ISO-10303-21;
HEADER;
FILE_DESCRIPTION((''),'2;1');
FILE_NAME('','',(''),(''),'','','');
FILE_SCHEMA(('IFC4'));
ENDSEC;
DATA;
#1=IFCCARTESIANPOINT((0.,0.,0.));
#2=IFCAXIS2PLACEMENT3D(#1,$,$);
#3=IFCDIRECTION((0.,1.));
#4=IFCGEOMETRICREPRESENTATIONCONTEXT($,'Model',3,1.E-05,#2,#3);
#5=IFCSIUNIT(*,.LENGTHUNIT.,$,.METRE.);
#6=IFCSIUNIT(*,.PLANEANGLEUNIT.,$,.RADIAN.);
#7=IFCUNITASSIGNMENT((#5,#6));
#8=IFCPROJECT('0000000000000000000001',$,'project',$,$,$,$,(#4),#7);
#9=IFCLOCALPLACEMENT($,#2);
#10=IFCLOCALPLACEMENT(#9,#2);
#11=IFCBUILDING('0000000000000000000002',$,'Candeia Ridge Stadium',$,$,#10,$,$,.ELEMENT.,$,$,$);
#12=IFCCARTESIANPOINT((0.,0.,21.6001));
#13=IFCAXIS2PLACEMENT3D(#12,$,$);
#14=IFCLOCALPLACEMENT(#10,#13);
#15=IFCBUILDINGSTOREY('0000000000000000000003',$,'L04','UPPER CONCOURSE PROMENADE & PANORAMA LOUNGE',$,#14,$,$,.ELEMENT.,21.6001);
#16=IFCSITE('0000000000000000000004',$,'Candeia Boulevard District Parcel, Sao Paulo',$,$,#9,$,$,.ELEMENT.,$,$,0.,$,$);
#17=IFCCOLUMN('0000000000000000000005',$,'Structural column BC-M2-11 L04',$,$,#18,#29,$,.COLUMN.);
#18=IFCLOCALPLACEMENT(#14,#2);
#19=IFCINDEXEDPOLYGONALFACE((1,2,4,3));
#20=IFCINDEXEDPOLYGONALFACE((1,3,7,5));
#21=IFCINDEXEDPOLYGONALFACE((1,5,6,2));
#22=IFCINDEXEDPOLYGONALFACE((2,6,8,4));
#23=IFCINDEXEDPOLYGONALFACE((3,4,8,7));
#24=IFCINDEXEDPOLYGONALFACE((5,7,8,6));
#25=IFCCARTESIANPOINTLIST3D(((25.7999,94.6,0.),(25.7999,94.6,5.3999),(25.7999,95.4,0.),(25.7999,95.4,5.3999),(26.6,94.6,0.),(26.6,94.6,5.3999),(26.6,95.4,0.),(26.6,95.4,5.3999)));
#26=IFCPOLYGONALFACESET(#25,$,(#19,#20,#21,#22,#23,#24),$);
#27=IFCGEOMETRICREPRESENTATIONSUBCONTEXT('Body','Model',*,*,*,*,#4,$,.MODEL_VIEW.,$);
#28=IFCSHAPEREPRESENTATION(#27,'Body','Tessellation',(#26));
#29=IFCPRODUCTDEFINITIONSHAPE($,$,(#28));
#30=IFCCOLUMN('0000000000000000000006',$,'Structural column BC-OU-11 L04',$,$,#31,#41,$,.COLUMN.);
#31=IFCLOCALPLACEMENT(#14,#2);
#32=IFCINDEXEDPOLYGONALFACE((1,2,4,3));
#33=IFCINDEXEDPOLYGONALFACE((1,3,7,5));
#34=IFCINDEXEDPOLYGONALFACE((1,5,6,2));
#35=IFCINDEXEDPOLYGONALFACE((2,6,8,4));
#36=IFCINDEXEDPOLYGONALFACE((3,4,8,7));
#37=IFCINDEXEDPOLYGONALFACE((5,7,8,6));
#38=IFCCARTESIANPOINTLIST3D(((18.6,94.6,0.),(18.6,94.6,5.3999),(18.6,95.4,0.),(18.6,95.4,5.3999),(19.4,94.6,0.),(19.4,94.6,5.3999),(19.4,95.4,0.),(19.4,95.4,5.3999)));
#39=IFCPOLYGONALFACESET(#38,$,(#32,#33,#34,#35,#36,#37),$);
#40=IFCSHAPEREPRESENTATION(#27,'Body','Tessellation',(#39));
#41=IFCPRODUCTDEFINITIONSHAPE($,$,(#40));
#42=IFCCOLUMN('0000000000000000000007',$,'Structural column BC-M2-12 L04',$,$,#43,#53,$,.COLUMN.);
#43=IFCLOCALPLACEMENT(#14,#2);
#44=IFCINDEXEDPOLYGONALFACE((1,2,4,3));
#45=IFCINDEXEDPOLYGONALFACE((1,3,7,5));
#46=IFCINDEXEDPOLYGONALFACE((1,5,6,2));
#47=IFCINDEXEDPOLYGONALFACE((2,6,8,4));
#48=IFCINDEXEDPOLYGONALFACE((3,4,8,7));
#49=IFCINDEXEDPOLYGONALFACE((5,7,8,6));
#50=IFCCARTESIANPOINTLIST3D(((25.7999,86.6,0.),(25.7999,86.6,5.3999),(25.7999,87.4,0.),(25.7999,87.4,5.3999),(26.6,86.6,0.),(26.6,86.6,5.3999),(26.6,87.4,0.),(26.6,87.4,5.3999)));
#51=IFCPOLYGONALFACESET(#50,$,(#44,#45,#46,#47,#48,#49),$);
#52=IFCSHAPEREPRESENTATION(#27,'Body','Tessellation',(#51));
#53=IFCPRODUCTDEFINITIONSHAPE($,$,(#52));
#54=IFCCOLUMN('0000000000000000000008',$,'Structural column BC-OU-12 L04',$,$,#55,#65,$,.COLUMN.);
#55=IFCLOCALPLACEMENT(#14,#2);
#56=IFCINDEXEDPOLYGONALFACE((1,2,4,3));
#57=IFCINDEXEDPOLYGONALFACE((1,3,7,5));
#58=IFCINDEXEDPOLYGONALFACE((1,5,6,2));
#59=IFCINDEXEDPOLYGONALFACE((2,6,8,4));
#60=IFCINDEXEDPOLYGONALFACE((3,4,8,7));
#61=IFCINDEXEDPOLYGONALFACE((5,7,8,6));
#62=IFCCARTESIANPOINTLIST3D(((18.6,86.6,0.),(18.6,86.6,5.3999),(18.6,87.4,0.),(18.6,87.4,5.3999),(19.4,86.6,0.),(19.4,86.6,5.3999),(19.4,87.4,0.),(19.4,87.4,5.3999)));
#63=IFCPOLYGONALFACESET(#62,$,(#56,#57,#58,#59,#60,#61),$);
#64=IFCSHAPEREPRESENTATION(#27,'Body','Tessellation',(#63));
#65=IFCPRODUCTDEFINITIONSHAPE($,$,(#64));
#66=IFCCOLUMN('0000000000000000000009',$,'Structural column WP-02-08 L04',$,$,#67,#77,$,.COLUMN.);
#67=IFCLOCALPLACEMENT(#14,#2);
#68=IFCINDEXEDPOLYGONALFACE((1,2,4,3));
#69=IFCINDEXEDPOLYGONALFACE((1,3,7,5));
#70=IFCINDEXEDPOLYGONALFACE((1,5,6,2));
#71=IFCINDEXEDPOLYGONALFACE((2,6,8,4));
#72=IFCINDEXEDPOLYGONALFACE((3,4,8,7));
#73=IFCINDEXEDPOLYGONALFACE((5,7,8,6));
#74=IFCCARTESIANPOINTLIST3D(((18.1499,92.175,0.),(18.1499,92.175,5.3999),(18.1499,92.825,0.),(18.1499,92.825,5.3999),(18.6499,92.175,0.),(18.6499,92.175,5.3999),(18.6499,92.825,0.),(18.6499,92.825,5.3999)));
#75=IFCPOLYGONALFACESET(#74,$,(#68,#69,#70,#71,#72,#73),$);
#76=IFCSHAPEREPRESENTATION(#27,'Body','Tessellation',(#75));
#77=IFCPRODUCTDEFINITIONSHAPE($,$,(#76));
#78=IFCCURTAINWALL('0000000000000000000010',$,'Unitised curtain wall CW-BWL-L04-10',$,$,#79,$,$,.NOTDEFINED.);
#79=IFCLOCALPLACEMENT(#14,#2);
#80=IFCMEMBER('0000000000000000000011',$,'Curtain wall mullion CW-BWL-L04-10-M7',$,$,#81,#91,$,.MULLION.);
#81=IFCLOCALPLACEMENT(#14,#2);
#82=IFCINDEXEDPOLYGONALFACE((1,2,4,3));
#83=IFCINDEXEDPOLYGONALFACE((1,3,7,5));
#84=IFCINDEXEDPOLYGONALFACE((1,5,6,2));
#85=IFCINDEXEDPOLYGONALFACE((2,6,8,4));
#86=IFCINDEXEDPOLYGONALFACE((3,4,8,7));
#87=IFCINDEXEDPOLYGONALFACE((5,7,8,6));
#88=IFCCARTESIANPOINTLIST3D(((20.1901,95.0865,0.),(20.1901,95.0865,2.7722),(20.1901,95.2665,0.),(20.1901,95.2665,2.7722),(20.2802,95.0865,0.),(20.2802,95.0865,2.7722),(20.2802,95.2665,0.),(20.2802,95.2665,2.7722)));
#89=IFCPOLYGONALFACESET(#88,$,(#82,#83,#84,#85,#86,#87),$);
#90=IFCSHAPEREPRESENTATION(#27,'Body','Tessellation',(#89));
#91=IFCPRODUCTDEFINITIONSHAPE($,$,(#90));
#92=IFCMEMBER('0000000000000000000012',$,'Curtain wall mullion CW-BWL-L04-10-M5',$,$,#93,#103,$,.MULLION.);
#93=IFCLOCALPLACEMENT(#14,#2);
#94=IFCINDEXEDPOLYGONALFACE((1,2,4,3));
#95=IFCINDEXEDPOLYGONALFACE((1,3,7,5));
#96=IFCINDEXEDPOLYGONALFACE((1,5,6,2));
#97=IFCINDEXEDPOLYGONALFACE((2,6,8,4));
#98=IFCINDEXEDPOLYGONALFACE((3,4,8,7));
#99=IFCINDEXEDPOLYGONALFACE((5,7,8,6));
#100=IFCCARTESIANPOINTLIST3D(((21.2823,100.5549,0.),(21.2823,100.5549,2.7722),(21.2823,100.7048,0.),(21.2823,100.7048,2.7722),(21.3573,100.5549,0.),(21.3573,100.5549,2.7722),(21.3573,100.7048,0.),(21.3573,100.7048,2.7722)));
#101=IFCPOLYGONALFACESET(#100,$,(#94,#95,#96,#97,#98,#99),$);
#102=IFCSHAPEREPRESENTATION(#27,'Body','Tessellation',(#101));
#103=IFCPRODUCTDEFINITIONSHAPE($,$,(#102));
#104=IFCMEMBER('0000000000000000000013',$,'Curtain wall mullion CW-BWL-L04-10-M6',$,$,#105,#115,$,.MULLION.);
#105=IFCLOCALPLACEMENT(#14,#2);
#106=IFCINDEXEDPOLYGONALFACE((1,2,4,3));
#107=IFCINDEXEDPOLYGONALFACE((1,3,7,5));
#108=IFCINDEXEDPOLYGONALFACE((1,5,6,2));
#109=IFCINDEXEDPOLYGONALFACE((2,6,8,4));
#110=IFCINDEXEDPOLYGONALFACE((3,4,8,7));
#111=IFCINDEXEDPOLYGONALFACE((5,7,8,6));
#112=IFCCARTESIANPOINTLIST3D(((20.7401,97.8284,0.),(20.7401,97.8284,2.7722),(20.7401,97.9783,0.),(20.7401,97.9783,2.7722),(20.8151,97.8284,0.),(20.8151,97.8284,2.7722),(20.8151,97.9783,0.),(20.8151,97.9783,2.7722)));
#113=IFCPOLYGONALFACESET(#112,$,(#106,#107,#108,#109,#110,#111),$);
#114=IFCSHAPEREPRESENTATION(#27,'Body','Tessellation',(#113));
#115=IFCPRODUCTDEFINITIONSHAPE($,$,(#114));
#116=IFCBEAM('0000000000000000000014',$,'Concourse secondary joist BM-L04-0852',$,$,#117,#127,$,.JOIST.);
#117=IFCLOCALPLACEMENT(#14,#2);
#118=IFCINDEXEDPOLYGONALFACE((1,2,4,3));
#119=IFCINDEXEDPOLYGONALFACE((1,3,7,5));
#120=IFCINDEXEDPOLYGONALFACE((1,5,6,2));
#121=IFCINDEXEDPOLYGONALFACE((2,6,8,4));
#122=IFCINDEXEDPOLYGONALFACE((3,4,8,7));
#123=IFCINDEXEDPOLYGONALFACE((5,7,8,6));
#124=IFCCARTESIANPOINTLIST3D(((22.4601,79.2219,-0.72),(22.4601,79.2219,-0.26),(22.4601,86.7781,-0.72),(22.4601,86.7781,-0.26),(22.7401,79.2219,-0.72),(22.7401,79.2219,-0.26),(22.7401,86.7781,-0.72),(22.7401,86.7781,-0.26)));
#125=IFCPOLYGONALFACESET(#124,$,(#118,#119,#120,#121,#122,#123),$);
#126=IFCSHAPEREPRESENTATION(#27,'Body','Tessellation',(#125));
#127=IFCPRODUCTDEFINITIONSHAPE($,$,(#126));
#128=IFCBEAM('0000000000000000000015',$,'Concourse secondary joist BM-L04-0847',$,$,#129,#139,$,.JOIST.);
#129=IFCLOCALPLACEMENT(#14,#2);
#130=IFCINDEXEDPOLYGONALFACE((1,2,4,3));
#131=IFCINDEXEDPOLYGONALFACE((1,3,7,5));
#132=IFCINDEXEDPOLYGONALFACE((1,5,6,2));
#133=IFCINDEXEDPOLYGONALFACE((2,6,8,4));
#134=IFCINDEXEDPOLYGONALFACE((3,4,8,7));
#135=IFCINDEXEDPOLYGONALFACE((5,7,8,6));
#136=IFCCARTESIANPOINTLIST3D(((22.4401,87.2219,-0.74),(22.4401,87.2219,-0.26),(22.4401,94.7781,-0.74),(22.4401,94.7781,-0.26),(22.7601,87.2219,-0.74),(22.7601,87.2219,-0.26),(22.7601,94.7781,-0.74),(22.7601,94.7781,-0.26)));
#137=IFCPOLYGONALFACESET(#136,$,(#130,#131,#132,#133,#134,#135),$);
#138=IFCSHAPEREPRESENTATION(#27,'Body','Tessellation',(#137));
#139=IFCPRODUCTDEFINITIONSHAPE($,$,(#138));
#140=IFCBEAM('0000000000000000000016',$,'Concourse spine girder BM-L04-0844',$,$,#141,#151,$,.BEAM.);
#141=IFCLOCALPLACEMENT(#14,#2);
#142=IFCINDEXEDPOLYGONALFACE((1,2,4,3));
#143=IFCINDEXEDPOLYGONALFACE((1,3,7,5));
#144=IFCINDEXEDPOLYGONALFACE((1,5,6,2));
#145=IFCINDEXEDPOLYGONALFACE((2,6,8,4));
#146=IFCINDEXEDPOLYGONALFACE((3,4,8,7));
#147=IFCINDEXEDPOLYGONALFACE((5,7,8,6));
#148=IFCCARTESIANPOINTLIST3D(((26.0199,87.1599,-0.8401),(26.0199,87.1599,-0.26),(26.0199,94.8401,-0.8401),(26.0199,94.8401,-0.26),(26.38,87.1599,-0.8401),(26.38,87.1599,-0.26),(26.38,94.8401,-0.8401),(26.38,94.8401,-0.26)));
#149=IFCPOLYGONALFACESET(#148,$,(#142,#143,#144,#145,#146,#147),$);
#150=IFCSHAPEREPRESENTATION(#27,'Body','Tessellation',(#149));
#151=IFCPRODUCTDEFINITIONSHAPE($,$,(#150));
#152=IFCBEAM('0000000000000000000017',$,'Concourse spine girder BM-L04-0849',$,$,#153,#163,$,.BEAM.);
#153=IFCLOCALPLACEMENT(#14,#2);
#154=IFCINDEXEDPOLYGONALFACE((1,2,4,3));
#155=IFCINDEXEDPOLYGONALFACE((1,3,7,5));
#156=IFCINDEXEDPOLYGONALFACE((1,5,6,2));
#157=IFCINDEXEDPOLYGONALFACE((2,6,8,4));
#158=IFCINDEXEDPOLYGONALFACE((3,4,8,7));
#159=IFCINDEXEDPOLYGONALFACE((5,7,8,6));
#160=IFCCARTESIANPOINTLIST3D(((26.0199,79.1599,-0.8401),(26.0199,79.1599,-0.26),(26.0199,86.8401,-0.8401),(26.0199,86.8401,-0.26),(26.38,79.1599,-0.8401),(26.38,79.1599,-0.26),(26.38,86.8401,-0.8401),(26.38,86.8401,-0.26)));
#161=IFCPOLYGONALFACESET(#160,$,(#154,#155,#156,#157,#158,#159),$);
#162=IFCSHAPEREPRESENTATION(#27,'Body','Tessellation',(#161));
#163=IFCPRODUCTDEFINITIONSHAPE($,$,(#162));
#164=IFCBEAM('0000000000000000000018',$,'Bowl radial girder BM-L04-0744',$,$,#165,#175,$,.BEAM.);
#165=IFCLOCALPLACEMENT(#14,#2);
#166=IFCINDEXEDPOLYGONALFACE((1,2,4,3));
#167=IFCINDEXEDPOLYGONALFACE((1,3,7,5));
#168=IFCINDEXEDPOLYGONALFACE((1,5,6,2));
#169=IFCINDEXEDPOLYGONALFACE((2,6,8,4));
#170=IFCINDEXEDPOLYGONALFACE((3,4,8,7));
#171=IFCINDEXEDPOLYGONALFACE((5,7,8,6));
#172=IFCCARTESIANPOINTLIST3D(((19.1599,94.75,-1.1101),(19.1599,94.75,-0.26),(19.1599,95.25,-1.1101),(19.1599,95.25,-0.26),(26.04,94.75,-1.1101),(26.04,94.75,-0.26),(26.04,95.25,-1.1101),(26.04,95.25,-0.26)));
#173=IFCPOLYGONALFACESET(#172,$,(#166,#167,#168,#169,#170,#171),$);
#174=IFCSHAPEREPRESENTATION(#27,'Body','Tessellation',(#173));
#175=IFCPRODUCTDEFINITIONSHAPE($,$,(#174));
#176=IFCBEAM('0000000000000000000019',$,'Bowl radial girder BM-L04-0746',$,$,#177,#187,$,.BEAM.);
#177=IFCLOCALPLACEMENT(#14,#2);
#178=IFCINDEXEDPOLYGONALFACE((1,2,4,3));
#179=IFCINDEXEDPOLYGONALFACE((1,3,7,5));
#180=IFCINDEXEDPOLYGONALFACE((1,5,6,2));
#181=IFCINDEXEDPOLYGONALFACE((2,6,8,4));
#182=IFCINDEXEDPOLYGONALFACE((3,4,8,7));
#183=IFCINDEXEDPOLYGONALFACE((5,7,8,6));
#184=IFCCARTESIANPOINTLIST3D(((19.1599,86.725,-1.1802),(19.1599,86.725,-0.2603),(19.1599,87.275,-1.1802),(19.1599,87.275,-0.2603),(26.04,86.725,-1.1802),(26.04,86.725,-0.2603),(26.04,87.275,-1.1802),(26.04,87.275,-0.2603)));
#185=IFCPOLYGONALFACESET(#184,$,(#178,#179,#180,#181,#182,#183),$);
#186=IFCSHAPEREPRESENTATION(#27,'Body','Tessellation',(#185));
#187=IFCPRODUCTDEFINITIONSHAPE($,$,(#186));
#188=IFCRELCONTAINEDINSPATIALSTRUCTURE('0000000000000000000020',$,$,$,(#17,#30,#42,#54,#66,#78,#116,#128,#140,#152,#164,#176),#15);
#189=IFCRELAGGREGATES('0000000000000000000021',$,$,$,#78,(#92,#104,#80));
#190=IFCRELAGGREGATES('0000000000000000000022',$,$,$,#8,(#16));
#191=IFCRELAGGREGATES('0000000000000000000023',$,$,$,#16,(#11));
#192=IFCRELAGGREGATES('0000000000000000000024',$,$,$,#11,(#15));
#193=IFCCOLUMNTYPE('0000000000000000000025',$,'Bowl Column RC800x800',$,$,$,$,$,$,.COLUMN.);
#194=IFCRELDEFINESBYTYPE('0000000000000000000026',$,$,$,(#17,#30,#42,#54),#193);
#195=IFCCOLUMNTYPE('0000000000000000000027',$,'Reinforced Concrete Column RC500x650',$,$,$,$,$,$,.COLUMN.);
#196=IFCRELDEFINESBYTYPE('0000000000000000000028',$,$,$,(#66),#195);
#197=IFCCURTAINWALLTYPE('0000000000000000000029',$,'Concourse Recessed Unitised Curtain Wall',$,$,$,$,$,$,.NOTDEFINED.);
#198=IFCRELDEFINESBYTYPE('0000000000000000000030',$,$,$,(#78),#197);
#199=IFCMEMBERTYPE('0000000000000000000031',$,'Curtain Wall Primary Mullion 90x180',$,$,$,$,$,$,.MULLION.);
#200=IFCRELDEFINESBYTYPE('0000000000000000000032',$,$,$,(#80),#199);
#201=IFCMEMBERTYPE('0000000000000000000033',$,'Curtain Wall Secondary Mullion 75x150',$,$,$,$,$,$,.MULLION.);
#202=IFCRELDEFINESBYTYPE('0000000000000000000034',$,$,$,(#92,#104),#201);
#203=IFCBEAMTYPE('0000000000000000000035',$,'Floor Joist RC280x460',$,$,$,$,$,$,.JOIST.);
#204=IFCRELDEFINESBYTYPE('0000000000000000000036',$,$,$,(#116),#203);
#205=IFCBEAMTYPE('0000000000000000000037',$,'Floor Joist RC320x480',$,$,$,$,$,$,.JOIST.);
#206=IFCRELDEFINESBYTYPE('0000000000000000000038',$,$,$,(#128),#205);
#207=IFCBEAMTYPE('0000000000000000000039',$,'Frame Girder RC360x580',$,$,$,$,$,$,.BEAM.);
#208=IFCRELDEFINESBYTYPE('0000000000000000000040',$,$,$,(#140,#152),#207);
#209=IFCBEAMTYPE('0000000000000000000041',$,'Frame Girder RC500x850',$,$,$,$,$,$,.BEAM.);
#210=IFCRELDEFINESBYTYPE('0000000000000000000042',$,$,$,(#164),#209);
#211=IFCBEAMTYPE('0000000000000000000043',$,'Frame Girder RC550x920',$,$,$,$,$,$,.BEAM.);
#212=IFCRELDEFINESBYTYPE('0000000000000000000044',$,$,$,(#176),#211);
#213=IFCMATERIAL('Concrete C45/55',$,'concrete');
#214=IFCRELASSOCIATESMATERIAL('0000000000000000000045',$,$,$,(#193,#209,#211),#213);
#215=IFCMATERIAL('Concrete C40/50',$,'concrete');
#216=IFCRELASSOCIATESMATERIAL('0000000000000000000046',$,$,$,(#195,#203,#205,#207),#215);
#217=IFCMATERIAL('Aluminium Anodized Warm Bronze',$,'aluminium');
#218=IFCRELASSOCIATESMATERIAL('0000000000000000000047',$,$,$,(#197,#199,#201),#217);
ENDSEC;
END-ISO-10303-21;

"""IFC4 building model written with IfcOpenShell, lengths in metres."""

from ifc_helpers import new_model, si_unit, direction, frame, origin, origin_2d, place, context, subcontext, project, spatial, rectangle, extrude, material, material_profile, profile_set, type_object, element, aggregate, save


model = new_model("IFC4")

# Units and contexts
model_context = context("Model", 3, precision=1e-05, world=origin(), true_north=direction((0.0, 1.0)))
body_context = subcontext(model_context, "Body", "Model", "MODEL_VIEW")
ifc_project = project(units=[si_unit("LENGTHUNIT", "METRE"), si_unit("PLANEANGLEUNIT", "RADIAN")], contexts=[model_context])

# Site, building, storey
site_placement = place(None, origin())
site = spatial("IfcSite", under=ifc_project, at=site_placement, Name="Candeia Boulevard District Parcel, Sao Paulo", CompositionType="ELEMENT", RefElevation=0.0)
building_placement = place(site_placement, origin())
building = spatial("IfcBuilding", under=site, at=building_placement, Name="Candeia Ridge Stadium", CompositionType="ELEMENT")
storey_placement = place(building_placement, frame((0.0, 0.0, 21.6001)))
storey = spatial("IfcBuildingStorey", under=building, at=storey_placement, Name="L04", Description="UPPER CONCOURSE PROMENADE & PANORAMA LOUNGE", CompositionType="ELEMENT", Elevation=21.6001)

# Columns
ifc_material_1 = material(Name="Concrete C45/55", Category="concrete")
ifc_material_profile_1 = material_profile(ifc_material_1, rectangle(XDim=0.8, YDim=0.8, at=origin_2d()), Name="RC800x800", Category="concrete")
ifc_profile_set_1 = profile_set([ifc_material_profile_1], Name="Concrete C45/55")
column_type_1 = type_object("IfcColumnType", Name="Bowl Column RC800x800", PredefinedType="COLUMN", material=ifc_profile_set_1)
for number, where, z_axis, x_axis, name in (
    (1, (26.2, 95.0, 0.0), (0.0, 0.0, 1.0), (1.0, 0.0, 0.0), "Structural column BC-M2-11 L04"),
    (2, (19.0, 95.0, 0.0), (0.0, 0.0, 1.0), (1.0, 0.0, 0.0), "Structural column BC-OU-11 L04"),
    (3, (26.2, 87.0, 0.0), (0.0, 0.0, 1.0), (1.0, 0.0, 0.0), "Structural column BC-M2-12 L04"),
    (4, (19.0, 87.0, 0.0), (0.0, 0.0, 1.0), (1.0, 0.0, 0.0), "Structural column BC-OU-12 L04"),
):
    element("IfcColumn", number, at=place(storey_placement, frame(where, z_axis=z_axis, x_axis=x_axis)), inside=storey, type_object=column_type_1, Name=name, PredefinedType="COLUMN", context=body_context, shape_type="SweptSolid", body=[
        extrude(rectangle(XDim=0.8, YDim=0.8, at=origin_2d()), origin(), (0.0, 0.0, 1.0), 5.3999),
    ])
ifc_material_2 = material(Name="Concrete C40/50", Category="concrete")
ifc_material_profile_2 = material_profile(ifc_material_2, rectangle(XDim=0.5, YDim=0.6499, at=origin_2d()), Name="RC500x650", Category="concrete")
ifc_profile_set_2 = profile_set([ifc_material_profile_2], Name="Concrete C40/50")
column_type_2 = type_object("IfcColumnType", Name="Reinforced Concrete Column RC500x650", PredefinedType="COLUMN", material=ifc_profile_set_2)
column_placement = place(storey_placement, frame((18.3999, 92.5, 0.0), z_axis=(0.0, 0.0, 1.0), x_axis=(1.0, 0.0, 0.0)))
element("IfcColumn", 5, at=column_placement, inside=storey, type_object=column_type_2, Name="Structural column WP-02-08 L04", PredefinedType="COLUMN", context=body_context, shape_type="SweptSolid", body=[
    extrude(rectangle(XDim=0.5, YDim=0.6499, at=origin_2d()), origin(), (0.0, 0.0, 1.0), 5.3999),
])

# Curtain wall, members
ifc_material_3 = material(Name="Aluminium Anodized Warm Bronze", Category="aluminium")
curtain_wall_type = type_object("IfcCurtainWallType", Name="Concourse Recessed Unitised Curtain Wall", PredefinedType="NOTDEFINED", material=ifc_material_3)
curtain_wall_placement = place(storey_placement, origin())
curtain_wall = element("IfcCurtainWall", 6, at=curtain_wall_placement, inside=storey, type_object=curtain_wall_type, Name="Unitised curtain wall CW-BWL-L04-10", PredefinedType="NOTDEFINED")
ifc_material_profile_3 = material_profile(ifc_material_3, rectangle(XDim=0.0901, YDim=0.1799, at=origin_2d()), Name="CWM-90x180", Category="aluminium")
ifc_profile_set_3 = profile_set([ifc_material_profile_3], Name="Aluminium Anodized Warm Bronze")
member_type_1 = type_object("IfcMemberType", Name="Curtain Wall Primary Mullion 90x180", PredefinedType="MULLION", material=ifc_profile_set_3)
member_1_placement = place(storey_placement, frame((20.2351, 95.1765, 0.0), z_axis=(0.0, 0.0, 1.0), x_axis=(1.0, 0.0, 0.0)))
member_1 = element("IfcMember", 7, at=member_1_placement, type_object=member_type_1, Name="Curtain wall mullion CW-BWL-L04-10-M7", PredefinedType="MULLION", context=body_context, shape_type="SweptSolid", body=[
    extrude(rectangle(XDim=0.0901, YDim=0.1799, at=origin_2d()), origin(), (0.0, 0.0, 1.0), 2.7722),
])
ifc_material_profile_4 = material_profile(ifc_material_3, rectangle(XDim=0.075, YDim=0.1499, at=origin_2d()), Name="CWM-75x150", Category="aluminium")
ifc_profile_set_4 = profile_set([ifc_material_profile_4], Name="Aluminium Anodized Warm Bronze")
member_type_2 = type_object("IfcMemberType", Name="Curtain Wall Secondary Mullion 75x150", PredefinedType="MULLION", material=ifc_profile_set_4)
member_2_placement = place(storey_placement, frame((21.3198, 100.6299, 0.0), z_axis=(0.0, 0.0, 1.0), x_axis=(1.0, 0.0, 0.0)))
member_2 = element("IfcMember", 8, at=member_2_placement, type_object=member_type_2, Name="Curtain wall mullion CW-BWL-L04-10-M5", PredefinedType="MULLION", context=body_context, shape_type="SweptSolid", body=[
    extrude(rectangle(XDim=0.075, YDim=0.1499, at=origin_2d()), origin(), (0.0, 0.0, 1.0), 2.7722),
])
member_3_placement = place(storey_placement, frame((20.7776, 97.9033, 0.0), z_axis=(0.0, 0.0, 1.0), x_axis=(1.0, 0.0, 0.0)))
member_3 = element("IfcMember", 9, at=member_3_placement, type_object=member_type_2, Name="Curtain wall mullion CW-BWL-L04-10-M6", PredefinedType="MULLION", context=body_context, shape_type="SweptSolid", body=[
    extrude(rectangle(XDim=0.075, YDim=0.1499, at=origin_2d()), origin(), (0.0, 0.0, 1.0), 2.7722),
])

# Beams
ifc_material_profile_5 = material_profile(ifc_material_2, rectangle(XDim=0.28, YDim=0.46, at=origin_2d()), Name="RC280x460", Category="concrete")
ifc_profile_set_5 = profile_set([ifc_material_profile_5], Name="Concrete C40/50")
beam_type_1 = type_object("IfcBeamType", Name="Floor Joist RC280x460", PredefinedType="JOIST", material=ifc_profile_set_5)
beam_1_placement = place(storey_placement, frame((22.6001, 86.7781, -0.49), z_axis=(0.0, -1.0, 0.0), x_axis=(1.0, 0.0, 0.0)))
element("IfcBeam", 10, at=beam_1_placement, inside=storey, type_object=beam_type_1, Name="Concourse secondary joist BM-L04-0852", PredefinedType="JOIST", context=body_context, shape_type="SweptSolid", body=[
    extrude(rectangle(XDim=0.28, YDim=0.46, at=origin_2d()), origin(), (0.0, 0.0, 1.0), 7.5562),
])
ifc_material_profile_6 = material_profile(ifc_material_2, rectangle(XDim=0.3201, YDim=0.48, at=origin_2d()), Name="RC320x480", Category="concrete")
ifc_profile_set_6 = profile_set([ifc_material_profile_6], Name="Concrete C40/50")
beam_type_2 = type_object("IfcBeamType", Name="Floor Joist RC320x480", PredefinedType="JOIST", material=ifc_profile_set_6)
beam_2_placement = place(storey_placement, frame((22.6001, 94.7781, -0.5), z_axis=(0.0, -1.0, 0.0), x_axis=(1.0, 0.0, 0.0)))
element("IfcBeam", 11, at=beam_2_placement, inside=storey, type_object=beam_type_2, Name="Concourse secondary joist BM-L04-0847", PredefinedType="JOIST", context=body_context, shape_type="SweptSolid", body=[
    extrude(rectangle(XDim=0.3201, YDim=0.48, at=origin_2d()), origin(), (0.0, 0.0, 1.0), 7.5562),
])
ifc_material_profile_7 = material_profile(ifc_material_2, rectangle(XDim=0.3601, YDim=0.5801, at=origin_2d()), Name="RC360x580", Category="concrete")
ifc_profile_set_7 = profile_set([ifc_material_profile_7], Name="Concrete C40/50")
beam_type_3 = type_object("IfcBeamType", Name="Frame Girder RC360x580", PredefinedType="BEAM", material=ifc_profile_set_7)
for number, where, z_axis, x_axis, name in (
    (12, (26.2, 94.8401, -0.55), (0.0, -1.0, 0.0), (1.0, 0.0, 0.0), "Concourse spine girder BM-L04-0844"),
    (13, (26.2, 86.8401, -0.55), (0.0, -1.0, 0.0), (1.0, 0.0, 0.0), "Concourse spine girder BM-L04-0849"),
):
    element("IfcBeam", number, at=place(storey_placement, frame(where, z_axis=z_axis, x_axis=x_axis)), inside=storey, type_object=beam_type_3, Name=name, PredefinedType="BEAM", context=body_context, shape_type="SweptSolid", body=[
        extrude(rectangle(XDim=0.3601, YDim=0.5801, at=origin_2d()), origin(), (0.0, 0.0, 1.0), 7.6802),
    ])
ifc_material_profile_8 = material_profile(ifc_material_1, rectangle(XDim=0.5, YDim=0.8501, at=origin_2d()), Name="RC500x850", Category="concrete")
ifc_profile_set_8 = profile_set([ifc_material_profile_8], Name="Concrete C45/55")
beam_type_4 = type_object("IfcBeamType", Name="Frame Girder RC500x850", PredefinedType="BEAM", material=ifc_profile_set_8)
beam_3_placement = place(storey_placement, frame((26.04, 95.0, -0.6851), z_axis=(-1.0, 0.0, 0.0), x_axis=(0.0, -1.0, 0.0)))
element("IfcBeam", 14, at=beam_3_placement, inside=storey, type_object=beam_type_4, Name="Bowl radial girder BM-L04-0744", PredefinedType="BEAM", context=body_context, shape_type="SweptSolid", body=[
    extrude(rectangle(XDim=0.5, YDim=0.8501, at=origin_2d()), origin(), (0.0, 0.0, 1.0), 6.8801),
])
ifc_material_profile_9 = material_profile(ifc_material_1, rectangle(XDim=0.55, YDim=0.9199, at=origin_2d()), Name="RC550x920", Category="concrete")
ifc_profile_set_9 = profile_set([ifc_material_profile_9], Name="Concrete C45/55")
beam_type_5 = type_object("IfcBeamType", Name="Frame Girder RC550x920", PredefinedType="BEAM", material=ifc_profile_set_9)
beam_4_placement = place(storey_placement, frame((26.04, 87.0, -0.7202), z_axis=(-1.0, 0.0, 0.0), x_axis=(0.0, -1.0, 0.0)))
element("IfcBeam", 15, at=beam_4_placement, inside=storey, type_object=beam_type_5, Name="Bowl radial girder BM-L04-0746", PredefinedType="BEAM", context=body_context, shape_type="SweptSolid", body=[
    extrude(rectangle(XDim=0.55, YDim=0.9199, at=origin_2d()), origin(), (0.0, 0.0, 1.0), 6.8801),
])

aggregate(curtain_wall, [member_2, member_3, member_1])

save(model, "model.ifc")
